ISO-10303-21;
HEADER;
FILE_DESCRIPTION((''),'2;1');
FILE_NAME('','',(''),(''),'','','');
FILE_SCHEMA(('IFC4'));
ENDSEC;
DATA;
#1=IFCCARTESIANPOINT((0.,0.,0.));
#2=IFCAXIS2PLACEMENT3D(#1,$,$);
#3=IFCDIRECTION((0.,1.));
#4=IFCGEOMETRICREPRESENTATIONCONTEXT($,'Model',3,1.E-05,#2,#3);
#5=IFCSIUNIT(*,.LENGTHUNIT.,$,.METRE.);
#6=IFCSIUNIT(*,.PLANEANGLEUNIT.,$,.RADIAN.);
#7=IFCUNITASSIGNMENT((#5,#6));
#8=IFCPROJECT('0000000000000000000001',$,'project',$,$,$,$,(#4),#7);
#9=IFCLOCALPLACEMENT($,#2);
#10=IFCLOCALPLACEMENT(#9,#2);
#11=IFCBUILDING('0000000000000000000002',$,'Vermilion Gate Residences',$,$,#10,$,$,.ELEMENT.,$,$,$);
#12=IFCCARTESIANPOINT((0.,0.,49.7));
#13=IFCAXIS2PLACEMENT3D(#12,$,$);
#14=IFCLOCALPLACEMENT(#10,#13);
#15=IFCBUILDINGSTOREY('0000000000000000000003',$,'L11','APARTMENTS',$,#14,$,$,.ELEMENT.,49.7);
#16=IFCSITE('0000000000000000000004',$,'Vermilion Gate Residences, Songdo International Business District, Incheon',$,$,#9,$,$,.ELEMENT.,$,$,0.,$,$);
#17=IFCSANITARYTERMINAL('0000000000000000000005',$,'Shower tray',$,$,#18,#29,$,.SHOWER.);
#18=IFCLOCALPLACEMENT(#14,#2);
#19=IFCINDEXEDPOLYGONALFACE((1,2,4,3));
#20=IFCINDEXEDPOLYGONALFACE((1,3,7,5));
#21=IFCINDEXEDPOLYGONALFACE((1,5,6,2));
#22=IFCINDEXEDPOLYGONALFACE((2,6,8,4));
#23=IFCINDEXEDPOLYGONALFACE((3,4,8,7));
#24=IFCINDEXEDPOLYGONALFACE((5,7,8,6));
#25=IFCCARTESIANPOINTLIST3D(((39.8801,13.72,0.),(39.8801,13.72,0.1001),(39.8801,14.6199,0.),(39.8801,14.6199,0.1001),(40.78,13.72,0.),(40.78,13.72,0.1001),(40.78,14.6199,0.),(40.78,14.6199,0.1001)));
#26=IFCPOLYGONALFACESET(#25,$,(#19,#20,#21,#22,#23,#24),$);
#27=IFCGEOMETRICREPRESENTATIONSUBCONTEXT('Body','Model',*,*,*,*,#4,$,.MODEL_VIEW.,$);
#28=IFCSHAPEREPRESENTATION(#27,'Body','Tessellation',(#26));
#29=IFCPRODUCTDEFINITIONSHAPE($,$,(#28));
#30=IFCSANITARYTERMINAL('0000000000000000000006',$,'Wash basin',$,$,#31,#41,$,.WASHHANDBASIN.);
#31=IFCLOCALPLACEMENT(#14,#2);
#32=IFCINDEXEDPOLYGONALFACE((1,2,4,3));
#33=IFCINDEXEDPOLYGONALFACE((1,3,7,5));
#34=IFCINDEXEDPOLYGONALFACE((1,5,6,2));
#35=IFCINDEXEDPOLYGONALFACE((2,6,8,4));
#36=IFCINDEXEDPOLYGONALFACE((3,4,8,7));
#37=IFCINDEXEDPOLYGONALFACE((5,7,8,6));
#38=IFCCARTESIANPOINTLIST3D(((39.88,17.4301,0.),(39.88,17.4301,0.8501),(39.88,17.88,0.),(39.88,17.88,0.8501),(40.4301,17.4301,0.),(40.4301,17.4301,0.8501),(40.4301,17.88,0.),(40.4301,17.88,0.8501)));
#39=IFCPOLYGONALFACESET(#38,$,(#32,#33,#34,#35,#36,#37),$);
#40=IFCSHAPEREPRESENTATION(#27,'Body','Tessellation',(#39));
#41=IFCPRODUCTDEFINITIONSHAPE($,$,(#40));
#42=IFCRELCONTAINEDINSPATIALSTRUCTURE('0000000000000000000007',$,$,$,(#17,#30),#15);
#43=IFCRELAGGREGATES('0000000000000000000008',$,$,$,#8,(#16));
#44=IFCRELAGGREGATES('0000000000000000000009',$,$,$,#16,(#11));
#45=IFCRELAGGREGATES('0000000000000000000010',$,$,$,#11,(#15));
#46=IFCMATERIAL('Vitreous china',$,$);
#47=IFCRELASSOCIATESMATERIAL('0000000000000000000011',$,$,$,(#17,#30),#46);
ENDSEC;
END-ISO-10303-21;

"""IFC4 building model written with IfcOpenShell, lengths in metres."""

from ifc_helpers import new_model, si_unit, direction, frame, origin, origin_2d, place, context, subcontext, project, spatial, rectangle, extrude, material, element, save


model = new_model("IFC4")

# Units and contexts
model_context = context("Model", 3, precision=1e-05, world=origin(), true_north=direction((0.0, 1.0)))
body_context = subcontext(model_context, "Body", "Model", "MODEL_VIEW")
ifc_project = project(units=[si_unit("LENGTHUNIT", "METRE"), si_unit("PLANEANGLEUNIT", "RADIAN")], contexts=[model_context])

# Site, building, storey
site_placement = place(None, origin())
site = spatial("IfcSite", under=ifc_project, at=site_placement, Name="Vermilion Gate Residences, Songdo International Business District, Incheon", CompositionType="ELEMENT", RefElevation=0.0)
building_placement = place(site_placement, origin())
building = spatial("IfcBuilding", under=site, at=building_placement, Name="Vermilion Gate Residences", CompositionType="ELEMENT")
storey_placement = place(building_placement, frame((0.0, 0.0, 49.7)))
storey = spatial("IfcBuildingStorey", under=building, at=storey_placement, Name="L11", Description="APARTMENTS", CompositionType="ELEMENT", Elevation=49.7)

# Sanitary terminals
ifc_material_1 = material(Name="Vitreous china")
sanitary_terminal_1_placement = place(storey_placement, frame((40.3301, 14.1699, 0.0), z_axis=(0.0, 0.0, 1.0), x_axis=(1.0, 0.0, 0.0)))
element("IfcSanitaryTerminal", 1, at=sanitary_terminal_1_placement, inside=storey, material=ifc_material_1, Name="Shower tray", PredefinedType="SHOWER", context=body_context, shape_type="SweptSolid", body=[
    extrude(rectangle(XDim=0.8999, YDim=0.8999, at=origin_2d()), origin(), (0.0, 0.0, 1.0), 0.1001),
])
sanitary_terminal_2_placement = place(storey_placement, frame((40.155, 17.655, 0.0), z_axis=(0.0, 0.0, 1.0), x_axis=(1.0, 0.0, 0.0)))
element("IfcSanitaryTerminal", 2, at=sanitary_terminal_2_placement, inside=storey, material=ifc_material_1, Name="Wash basin", PredefinedType="WASHHANDBASIN", context=body_context, shape_type="SweptSolid", body=[
    extrude(rectangle(XDim=0.55, YDim=0.45, at=origin_2d()), origin(), (0.0, 0.0, 1.0), 0.8501),
])

save(model, "model.ifc")
